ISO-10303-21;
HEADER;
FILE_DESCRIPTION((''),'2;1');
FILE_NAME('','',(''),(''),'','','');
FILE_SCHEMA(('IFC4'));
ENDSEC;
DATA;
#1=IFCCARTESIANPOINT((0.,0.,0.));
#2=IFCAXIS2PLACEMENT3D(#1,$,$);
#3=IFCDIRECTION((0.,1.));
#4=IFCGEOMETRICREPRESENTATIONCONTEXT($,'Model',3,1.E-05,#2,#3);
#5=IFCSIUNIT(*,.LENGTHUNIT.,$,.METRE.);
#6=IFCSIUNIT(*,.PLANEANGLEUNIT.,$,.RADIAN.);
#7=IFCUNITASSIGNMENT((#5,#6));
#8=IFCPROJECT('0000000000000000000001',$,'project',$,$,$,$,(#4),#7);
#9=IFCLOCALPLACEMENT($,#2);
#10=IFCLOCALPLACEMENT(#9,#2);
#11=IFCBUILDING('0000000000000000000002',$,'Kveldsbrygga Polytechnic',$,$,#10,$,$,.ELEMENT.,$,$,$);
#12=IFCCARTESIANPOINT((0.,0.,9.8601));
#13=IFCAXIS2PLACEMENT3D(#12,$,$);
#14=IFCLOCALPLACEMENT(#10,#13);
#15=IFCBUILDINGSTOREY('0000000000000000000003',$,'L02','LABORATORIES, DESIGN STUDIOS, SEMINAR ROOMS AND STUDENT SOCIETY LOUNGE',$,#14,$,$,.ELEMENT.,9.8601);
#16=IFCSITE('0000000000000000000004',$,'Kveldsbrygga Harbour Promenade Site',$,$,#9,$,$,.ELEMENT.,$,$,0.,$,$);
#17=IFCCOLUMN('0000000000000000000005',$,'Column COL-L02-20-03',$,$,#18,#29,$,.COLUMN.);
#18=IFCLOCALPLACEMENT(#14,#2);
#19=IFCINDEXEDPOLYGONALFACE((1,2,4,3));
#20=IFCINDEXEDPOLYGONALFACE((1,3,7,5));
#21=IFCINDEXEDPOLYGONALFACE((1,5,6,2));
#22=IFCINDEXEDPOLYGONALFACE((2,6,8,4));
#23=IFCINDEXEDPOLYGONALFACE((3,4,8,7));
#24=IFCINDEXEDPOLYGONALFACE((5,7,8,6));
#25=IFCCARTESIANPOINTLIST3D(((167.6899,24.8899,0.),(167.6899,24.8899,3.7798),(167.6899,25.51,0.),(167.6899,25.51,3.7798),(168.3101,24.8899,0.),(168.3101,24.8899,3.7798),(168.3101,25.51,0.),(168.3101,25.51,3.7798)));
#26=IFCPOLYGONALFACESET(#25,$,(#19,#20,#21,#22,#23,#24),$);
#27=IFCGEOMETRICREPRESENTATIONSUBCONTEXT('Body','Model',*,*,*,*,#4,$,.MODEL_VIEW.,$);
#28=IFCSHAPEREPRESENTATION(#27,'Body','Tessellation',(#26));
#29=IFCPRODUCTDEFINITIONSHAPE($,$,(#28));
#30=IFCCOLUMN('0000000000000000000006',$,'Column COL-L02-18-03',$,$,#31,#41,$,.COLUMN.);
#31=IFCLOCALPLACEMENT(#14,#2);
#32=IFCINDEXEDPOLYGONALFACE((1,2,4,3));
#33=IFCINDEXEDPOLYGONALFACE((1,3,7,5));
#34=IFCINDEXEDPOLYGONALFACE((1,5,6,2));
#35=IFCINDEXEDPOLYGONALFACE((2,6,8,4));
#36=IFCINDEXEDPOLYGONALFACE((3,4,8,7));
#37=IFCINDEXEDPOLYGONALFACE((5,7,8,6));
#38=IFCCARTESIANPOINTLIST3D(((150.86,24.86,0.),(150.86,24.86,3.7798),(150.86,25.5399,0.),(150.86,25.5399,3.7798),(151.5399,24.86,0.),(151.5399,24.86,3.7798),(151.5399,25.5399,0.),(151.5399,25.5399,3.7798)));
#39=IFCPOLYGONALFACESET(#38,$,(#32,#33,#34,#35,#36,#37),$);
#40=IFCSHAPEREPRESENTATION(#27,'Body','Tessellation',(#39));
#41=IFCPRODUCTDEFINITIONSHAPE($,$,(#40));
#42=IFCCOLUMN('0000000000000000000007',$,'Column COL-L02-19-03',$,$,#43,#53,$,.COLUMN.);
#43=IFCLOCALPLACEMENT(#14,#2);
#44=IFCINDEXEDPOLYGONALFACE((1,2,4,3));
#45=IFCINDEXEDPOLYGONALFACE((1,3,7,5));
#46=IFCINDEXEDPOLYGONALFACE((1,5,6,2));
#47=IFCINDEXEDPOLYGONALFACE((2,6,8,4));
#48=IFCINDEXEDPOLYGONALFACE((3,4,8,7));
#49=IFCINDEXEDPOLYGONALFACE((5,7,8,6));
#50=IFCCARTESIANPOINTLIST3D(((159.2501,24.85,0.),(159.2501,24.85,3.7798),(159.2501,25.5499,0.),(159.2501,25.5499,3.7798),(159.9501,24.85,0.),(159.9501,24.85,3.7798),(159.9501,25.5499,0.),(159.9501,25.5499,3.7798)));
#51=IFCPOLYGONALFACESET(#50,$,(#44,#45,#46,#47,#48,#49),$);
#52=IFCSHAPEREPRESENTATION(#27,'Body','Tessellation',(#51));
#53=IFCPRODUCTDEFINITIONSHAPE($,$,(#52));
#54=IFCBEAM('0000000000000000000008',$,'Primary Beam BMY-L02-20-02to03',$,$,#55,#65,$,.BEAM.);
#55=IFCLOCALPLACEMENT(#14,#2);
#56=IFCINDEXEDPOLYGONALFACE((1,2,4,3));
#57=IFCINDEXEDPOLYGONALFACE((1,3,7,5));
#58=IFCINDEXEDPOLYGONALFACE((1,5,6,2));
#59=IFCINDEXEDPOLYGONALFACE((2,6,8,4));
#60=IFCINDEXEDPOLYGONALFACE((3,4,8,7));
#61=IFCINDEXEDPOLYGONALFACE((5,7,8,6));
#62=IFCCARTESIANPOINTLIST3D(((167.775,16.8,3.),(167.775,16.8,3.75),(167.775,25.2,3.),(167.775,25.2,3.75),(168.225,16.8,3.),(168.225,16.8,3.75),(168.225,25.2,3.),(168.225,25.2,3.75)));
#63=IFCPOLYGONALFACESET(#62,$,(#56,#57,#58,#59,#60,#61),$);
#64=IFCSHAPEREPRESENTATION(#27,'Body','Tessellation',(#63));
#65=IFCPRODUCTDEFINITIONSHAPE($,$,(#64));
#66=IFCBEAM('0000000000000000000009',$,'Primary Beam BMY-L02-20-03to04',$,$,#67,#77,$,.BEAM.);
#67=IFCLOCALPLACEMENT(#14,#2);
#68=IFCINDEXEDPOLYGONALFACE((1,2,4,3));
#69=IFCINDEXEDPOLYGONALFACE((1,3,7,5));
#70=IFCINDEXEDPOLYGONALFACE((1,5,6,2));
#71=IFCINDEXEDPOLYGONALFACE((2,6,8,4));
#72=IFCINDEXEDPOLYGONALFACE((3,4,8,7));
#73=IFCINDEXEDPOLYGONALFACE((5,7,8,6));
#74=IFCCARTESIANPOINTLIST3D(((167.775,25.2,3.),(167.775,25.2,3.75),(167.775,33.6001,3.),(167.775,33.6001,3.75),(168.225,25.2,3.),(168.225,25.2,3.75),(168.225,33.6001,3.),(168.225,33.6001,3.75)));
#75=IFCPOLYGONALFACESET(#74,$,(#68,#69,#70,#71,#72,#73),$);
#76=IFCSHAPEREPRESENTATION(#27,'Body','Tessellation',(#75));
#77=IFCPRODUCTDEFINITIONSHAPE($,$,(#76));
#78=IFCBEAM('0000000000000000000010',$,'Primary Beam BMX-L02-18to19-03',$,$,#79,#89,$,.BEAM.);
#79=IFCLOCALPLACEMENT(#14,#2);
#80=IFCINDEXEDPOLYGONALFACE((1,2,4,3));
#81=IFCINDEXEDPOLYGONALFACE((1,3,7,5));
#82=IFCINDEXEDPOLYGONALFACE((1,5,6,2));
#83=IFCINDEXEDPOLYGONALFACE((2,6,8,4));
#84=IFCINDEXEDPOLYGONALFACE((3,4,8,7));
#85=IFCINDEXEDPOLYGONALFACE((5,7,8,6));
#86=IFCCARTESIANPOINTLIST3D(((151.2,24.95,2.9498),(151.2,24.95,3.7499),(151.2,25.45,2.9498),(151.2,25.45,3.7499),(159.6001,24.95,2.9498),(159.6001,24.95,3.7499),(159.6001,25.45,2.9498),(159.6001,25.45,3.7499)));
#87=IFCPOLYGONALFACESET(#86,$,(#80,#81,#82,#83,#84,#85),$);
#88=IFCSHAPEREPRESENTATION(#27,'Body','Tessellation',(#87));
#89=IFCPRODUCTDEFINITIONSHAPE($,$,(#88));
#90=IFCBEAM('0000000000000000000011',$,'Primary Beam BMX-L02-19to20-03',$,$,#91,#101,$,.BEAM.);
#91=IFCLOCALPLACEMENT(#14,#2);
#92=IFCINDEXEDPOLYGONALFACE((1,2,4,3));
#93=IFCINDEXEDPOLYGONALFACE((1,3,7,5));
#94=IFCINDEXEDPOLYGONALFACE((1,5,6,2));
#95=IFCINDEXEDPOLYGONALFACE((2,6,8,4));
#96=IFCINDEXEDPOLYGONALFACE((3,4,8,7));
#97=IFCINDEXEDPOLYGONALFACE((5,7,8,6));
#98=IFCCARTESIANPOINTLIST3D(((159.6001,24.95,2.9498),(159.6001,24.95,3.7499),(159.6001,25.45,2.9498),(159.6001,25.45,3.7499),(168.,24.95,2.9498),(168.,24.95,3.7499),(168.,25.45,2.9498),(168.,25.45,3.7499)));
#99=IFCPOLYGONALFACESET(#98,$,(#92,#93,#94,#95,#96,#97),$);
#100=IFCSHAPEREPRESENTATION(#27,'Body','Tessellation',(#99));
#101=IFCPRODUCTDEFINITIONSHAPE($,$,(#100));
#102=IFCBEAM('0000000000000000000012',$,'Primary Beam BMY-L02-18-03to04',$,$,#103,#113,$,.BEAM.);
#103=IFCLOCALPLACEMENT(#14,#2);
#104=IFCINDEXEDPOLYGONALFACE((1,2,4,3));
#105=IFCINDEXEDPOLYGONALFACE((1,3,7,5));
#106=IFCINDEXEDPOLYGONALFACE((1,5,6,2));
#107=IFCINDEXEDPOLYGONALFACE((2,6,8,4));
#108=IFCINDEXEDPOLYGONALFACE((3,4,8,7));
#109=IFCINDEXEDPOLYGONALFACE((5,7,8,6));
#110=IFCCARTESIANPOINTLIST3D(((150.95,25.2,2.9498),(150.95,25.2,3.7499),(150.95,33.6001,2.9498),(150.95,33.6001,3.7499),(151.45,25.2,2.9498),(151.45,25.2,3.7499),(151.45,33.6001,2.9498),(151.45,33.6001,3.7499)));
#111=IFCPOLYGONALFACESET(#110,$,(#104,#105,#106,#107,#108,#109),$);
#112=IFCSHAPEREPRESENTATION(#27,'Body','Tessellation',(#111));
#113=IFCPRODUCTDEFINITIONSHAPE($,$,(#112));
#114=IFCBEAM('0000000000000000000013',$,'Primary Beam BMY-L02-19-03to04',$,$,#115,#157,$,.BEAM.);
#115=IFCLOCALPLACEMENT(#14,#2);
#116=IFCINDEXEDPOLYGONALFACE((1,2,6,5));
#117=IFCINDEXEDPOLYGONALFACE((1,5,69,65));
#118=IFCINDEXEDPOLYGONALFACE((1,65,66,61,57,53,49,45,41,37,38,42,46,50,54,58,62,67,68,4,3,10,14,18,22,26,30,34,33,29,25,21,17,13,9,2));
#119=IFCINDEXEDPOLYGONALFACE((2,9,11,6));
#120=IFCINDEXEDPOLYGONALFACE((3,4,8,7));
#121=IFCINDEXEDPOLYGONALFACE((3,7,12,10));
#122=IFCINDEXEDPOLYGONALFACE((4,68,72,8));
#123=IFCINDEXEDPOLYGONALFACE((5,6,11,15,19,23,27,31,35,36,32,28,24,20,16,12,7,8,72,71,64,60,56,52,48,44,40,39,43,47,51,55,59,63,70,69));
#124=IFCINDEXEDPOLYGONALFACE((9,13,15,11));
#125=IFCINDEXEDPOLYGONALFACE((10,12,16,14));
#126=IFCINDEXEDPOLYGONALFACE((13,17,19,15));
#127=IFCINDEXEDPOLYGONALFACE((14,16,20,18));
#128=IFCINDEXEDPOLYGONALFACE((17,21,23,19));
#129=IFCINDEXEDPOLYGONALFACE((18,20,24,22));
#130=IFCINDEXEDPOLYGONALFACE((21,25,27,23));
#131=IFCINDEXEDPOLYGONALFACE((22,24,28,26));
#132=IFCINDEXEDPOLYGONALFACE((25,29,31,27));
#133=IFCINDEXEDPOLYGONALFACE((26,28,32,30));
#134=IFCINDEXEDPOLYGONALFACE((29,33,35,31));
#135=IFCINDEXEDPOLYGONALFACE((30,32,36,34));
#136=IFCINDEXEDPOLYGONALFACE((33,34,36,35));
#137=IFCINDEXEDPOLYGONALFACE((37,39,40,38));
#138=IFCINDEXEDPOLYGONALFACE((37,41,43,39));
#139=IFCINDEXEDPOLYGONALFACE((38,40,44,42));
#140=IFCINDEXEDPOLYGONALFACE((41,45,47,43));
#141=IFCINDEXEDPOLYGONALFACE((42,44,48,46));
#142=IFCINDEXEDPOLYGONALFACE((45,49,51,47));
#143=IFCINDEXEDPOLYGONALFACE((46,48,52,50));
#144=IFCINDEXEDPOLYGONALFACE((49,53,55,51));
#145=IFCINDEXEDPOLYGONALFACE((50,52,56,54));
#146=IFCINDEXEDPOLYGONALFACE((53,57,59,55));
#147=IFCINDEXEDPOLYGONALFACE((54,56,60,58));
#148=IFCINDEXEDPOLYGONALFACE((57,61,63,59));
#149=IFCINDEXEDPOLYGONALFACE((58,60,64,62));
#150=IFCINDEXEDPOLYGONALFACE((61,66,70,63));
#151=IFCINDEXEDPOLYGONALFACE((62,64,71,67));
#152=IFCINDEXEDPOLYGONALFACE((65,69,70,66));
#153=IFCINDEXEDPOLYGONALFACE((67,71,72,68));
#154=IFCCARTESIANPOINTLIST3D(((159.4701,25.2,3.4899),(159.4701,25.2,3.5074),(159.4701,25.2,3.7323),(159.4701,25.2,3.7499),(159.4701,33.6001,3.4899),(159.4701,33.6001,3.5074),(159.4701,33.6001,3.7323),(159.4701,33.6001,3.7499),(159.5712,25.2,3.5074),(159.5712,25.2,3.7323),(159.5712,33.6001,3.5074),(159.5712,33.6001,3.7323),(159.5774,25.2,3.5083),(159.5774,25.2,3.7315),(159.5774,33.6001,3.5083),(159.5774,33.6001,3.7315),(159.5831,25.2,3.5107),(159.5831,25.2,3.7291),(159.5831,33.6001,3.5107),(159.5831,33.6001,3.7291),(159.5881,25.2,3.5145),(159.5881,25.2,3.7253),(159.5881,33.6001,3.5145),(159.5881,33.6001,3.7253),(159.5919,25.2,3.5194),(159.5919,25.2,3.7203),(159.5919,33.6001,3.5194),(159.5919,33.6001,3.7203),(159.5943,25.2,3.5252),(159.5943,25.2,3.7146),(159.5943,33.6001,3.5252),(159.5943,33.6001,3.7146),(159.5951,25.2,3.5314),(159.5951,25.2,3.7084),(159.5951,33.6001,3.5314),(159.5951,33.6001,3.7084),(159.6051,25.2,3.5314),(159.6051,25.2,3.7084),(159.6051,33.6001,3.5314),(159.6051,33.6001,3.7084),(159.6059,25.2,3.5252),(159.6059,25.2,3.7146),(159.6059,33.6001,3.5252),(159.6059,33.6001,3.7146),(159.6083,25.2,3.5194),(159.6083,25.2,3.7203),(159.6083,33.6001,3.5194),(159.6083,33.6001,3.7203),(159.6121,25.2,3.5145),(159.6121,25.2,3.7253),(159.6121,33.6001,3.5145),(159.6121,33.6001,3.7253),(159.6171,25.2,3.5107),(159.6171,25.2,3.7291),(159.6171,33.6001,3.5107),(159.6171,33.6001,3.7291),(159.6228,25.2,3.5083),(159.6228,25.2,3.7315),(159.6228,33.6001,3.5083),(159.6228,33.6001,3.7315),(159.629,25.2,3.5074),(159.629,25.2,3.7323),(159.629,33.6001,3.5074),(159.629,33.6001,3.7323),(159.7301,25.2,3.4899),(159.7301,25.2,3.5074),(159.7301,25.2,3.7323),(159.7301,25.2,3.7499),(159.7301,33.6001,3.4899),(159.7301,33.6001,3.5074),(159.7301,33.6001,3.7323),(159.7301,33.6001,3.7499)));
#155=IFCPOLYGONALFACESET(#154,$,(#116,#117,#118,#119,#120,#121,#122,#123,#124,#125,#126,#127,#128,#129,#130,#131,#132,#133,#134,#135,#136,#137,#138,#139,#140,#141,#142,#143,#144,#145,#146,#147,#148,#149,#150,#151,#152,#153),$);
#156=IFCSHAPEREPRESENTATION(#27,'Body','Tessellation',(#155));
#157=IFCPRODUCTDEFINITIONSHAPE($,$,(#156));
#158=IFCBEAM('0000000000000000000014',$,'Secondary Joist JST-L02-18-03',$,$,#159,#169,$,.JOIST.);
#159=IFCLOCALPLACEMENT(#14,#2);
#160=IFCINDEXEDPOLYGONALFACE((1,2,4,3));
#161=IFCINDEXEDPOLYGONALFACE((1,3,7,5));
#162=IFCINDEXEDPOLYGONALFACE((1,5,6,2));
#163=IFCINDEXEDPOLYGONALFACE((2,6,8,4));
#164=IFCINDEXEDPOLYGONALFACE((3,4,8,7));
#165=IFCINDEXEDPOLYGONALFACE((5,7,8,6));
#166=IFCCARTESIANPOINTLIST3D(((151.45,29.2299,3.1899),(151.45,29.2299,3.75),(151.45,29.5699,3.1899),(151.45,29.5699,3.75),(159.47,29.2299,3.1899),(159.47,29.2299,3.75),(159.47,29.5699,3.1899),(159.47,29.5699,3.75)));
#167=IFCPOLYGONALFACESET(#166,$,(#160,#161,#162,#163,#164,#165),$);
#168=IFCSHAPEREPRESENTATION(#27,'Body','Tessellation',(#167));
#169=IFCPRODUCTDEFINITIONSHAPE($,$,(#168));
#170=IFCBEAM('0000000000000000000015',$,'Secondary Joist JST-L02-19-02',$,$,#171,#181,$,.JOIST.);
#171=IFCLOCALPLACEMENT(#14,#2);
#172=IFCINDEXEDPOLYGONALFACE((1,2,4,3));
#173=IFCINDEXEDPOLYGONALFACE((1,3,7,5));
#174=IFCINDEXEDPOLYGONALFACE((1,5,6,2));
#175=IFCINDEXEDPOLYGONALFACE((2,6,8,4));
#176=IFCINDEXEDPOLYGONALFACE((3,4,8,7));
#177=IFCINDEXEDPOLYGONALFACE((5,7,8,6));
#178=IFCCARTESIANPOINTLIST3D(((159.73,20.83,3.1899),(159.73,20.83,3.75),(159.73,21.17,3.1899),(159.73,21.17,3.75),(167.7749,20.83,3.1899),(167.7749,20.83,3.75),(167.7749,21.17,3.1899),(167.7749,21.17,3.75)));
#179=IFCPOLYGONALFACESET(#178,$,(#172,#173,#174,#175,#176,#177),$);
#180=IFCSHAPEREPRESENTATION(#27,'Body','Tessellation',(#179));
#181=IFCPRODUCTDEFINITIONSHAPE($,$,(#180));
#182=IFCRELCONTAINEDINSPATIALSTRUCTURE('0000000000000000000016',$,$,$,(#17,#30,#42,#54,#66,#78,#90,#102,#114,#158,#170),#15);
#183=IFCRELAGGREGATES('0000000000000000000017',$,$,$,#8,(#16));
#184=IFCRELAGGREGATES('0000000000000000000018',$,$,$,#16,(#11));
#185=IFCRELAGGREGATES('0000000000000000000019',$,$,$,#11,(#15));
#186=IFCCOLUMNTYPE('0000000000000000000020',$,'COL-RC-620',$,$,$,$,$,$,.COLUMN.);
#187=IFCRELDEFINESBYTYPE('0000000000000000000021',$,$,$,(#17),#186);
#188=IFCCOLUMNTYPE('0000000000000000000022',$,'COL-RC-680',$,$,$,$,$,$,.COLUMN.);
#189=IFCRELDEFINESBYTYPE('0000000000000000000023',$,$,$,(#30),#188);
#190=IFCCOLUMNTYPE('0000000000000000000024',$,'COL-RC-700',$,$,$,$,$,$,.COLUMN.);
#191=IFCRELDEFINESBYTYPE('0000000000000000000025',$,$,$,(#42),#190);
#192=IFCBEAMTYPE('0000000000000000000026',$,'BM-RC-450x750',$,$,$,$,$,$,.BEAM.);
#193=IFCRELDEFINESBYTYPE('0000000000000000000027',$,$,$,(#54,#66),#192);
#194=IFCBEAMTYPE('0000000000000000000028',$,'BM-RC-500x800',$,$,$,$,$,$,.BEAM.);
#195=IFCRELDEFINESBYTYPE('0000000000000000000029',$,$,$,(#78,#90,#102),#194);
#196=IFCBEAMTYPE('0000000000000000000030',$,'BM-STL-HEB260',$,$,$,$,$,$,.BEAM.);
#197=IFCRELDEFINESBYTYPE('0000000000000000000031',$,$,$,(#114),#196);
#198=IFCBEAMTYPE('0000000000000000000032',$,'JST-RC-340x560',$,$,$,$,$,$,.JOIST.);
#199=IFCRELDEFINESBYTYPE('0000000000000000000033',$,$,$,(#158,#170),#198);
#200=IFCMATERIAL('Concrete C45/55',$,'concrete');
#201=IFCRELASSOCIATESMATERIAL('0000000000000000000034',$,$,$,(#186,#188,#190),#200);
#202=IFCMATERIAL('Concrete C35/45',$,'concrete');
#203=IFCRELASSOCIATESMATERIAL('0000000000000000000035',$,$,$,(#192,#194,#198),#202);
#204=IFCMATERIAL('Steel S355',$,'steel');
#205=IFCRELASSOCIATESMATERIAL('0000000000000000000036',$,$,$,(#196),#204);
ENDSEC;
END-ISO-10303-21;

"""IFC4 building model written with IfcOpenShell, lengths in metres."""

from ifc_helpers import new_model, si_unit, direction, frame, origin, origin_2d, place, context, subcontext, project, spatial, rectangle, i_section, extrude, material, material_profile, profile_set, type_object, element, save


model = new_model("IFC4")

# Units and contexts
model_context = context("Model", 3, precision=1e-05, world=origin(), true_north=direction((0.0, 1.0)))
body_context = subcontext(model_context, "Body", "Model", "MODEL_VIEW")
ifc_project = project(units=[si_unit("LENGTHUNIT", "METRE"), si_unit("PLANEANGLEUNIT", "RADIAN")], contexts=[model_context])

# Site, building, storey
site_placement = place(None, origin())
site = spatial("IfcSite", under=ifc_project, at=site_placement, Name="Kveldsbrygga Harbour Promenade Site", CompositionType="ELEMENT", RefElevation=0.0)
building_placement = place(site_placement, origin())
building = spatial("IfcBuilding", under=site, at=building_placement, Name="Kveldsbrygga Polytechnic", CompositionType="ELEMENT")
storey_placement = place(building_placement, frame((0.0, 0.0, 9.8601)))
storey = spatial("IfcBuildingStorey", under=building, at=storey_placement, Name="L02", Description="LABORATORIES, DESIGN STUDIOS, SEMINAR ROOMS AND STUDENT SOCIETY LOUNGE", CompositionType="ELEMENT", Elevation=9.8601)

# Columns
ifc_material_1 = material(Name="Concrete C45/55", Category="concrete")
ifc_material_profile_1 = material_profile(ifc_material_1, rectangle(XDim=0.6201, YDim=0.6201, at=origin_2d()), Name="RC 620x620")
ifc_profile_set_1 = profile_set([ifc_material_profile_1], Name="Concrete C45/55")
column_type_1 = type_object("IfcColumnType", Name="COL-RC-620", PredefinedType="COLUMN", material=ifc_profile_set_1)
column_1_placement = place(storey_placement, frame((168.0, 25.2, 0.0), z_axis=(0.0, 0.0, 1.0), x_axis=(1.0, 0.0, 0.0)))
element("IfcColumn", 1, at=column_1_placement, inside=storey, type_object=column_type_1, Name="Column COL-L02-20-03", PredefinedType="COLUMN", context=body_context, shape_type="SweptSolid", body=[
    extrude(rectangle(XDim=0.6201, YDim=0.6201, at=origin_2d()), origin(), (0.0, 0.0, 1.0), 3.7798),
])
ifc_material_profile_2 = material_profile(ifc_material_1, rectangle(XDim=0.6799, YDim=0.6799, at=origin_2d()), Name="RC 680x680")
ifc_profile_set_2 = profile_set([ifc_material_profile_2], Name="Concrete C45/55")
column_type_2 = type_object("IfcColumnType", Name="COL-RC-680", PredefinedType="COLUMN", material=ifc_profile_set_2)
column_2_placement = place(storey_placement, frame((151.2, 25.2, 0.0), z_axis=(0.0, 0.0, 1.0), x_axis=(1.0, 0.0, 0.0)))
element("IfcColumn", 2, at=column_2_placement, inside=storey, type_object=column_type_2, Name="Column COL-L02-18-03", PredefinedType="COLUMN", context=body_context, shape_type="SweptSolid", body=[
    extrude(rectangle(XDim=0.6799, YDim=0.6799, at=origin_2d()), origin(), (0.0, 0.0, 1.0), 3.7798),
])
ifc_material_profile_3 = material_profile(ifc_material_1, rectangle(XDim=0.7, YDim=0.7, at=origin_2d()), Name="RC 700x700")
ifc_profile_set_3 = profile_set([ifc_material_profile_3], Name="Concrete C45/55")
column_type_3 = type_object("IfcColumnType", Name="COL-RC-700", PredefinedType="COLUMN", material=ifc_profile_set_3)
column_3_placement = place(storey_placement, frame((159.6001, 25.2, 0.0), z_axis=(0.0, 0.0, 1.0), x_axis=(1.0, 0.0, 0.0)))
element("IfcColumn", 3, at=column_3_placement, inside=storey, type_object=column_type_3, Name="Column COL-L02-19-03", PredefinedType="COLUMN", context=body_context, shape_type="SweptSolid", body=[
    extrude(rectangle(XDim=0.7, YDim=0.7, at=origin_2d()), origin(), (0.0, 0.0, 1.0), 3.7798),
])

# Beams
ifc_material_2 = material(Name="Concrete C35/45", Category="concrete")
ifc_material_profile_4 = material_profile(ifc_material_2, rectangle(XDim=0.45, YDim=0.75, at=origin_2d()), Name="RC 450x750")
ifc_profile_set_4 = profile_set([ifc_material_profile_4], Name="Concrete C35/45")
beam_type_1 = type_object("IfcBeamType", Name="BM-RC-450x750", PredefinedType="BEAM", material=ifc_profile_set_4)
beam_1_placement = place(storey_placement, frame((168.0, 16.8, 3.375), z_axis=(0.0, 1.0, 0.0), x_axis=(-1.0, 0.0, 0.0)))
element("IfcBeam", 4, at=beam_1_placement, inside=storey, type_object=beam_type_1, Name="Primary Beam BMY-L02-20-02to03", PredefinedType="BEAM", context=body_context, shape_type="SweptSolid", body=[
    extrude(rectangle(XDim=0.45, YDim=0.75, at=origin_2d()), origin(), (0.0, 0.0, 1.0), 8.3999),
])
beam_2_placement = place(storey_placement, frame((168.0, 25.2, 3.375), z_axis=(0.0, 1.0, 0.0), x_axis=(-1.0, 0.0, 0.0)))
element("IfcBeam", 5, at=beam_2_placement, inside=storey, type_object=beam_type_1, Name="Primary Beam BMY-L02-20-03to04", PredefinedType="BEAM", context=body_context, shape_type="SweptSolid", body=[
    extrude(rectangle(XDim=0.45, YDim=0.75, at=origin_2d()), origin(), (0.0, 0.0, 1.0), 8.4001),
])
ifc_material_profile_5 = material_profile(ifc_material_2, rectangle(XDim=0.5, YDim=0.8, at=origin_2d()), Name="RC 500x800")
ifc_profile_set_5 = profile_set([ifc_material_profile_5], Name="Concrete C35/45")
beam_type_2 = type_object("IfcBeamType", Name="BM-RC-500x800", PredefinedType="BEAM", material=ifc_profile_set_5)
beam_3_placement = place(storey_placement, frame((151.2, 25.2, 3.3499), z_axis=(1.0, 0.0, 0.0), x_axis=(0.0, 1.0, 0.0)))
element("IfcBeam", 6, at=beam_3_placement, inside=storey, type_object=beam_type_2, Name="Primary Beam BMX-L02-18to19-03", PredefinedType="BEAM", context=body_context, shape_type="SweptSolid", body=[
    extrude(rectangle(XDim=0.5, YDim=0.8, at=origin_2d()), origin(), (0.0, 0.0, 1.0), 8.4001),
])
beam_4_placement = place(storey_placement, frame((159.6001, 25.2, 3.3499), z_axis=(1.0, 0.0, 0.0), x_axis=(0.0, 1.0, 0.0)))
element("IfcBeam", 7, at=beam_4_placement, inside=storey, type_object=beam_type_2, Name="Primary Beam BMX-L02-19to20-03", PredefinedType="BEAM", context=body_context, shape_type="SweptSolid", body=[
    extrude(rectangle(XDim=0.5, YDim=0.8, at=origin_2d()), origin(), (0.0, 0.0, 1.0), 8.3999),
])
beam_5_placement = place(storey_placement, frame((151.2, 25.2, 3.3499), z_axis=(0.0, 1.0, 0.0), x_axis=(-1.0, 0.0, 0.0)))
element("IfcBeam", 8, at=beam_5_placement, inside=storey, type_object=beam_type_2, Name="Primary Beam BMY-L02-18-03to04", PredefinedType="BEAM", context=body_context, shape_type="SweptSolid", body=[
    extrude(rectangle(XDim=0.5, YDim=0.8, at=origin_2d()), origin(), (0.0, 0.0, 1.0), 8.4001),
])
ifc_material_3 = material(Name="Steel S355", Category="steel")
ifc_material_profile_6 = material_profile(ifc_material_3, i_section(OverallWidth=0.26, OverallDepth=0.26, WebThickness=0.01, FlangeThickness=0.0176, FilletRadius=0.0239, at=origin_2d()), Name="HEB 260")
ifc_profile_set_6 = profile_set([ifc_material_profile_6], Name="Steel S355")
beam_type_3 = type_object("IfcBeamType", Name="BM-STL-HEB260", PredefinedType="BEAM", material=ifc_profile_set_6)
beam_6_placement = place(storey_placement, frame((159.6001, 25.2, 3.6199), z_axis=(0.0, 1.0, 0.0), x_axis=(-1.0, 0.0, 0.0)))
element("IfcBeam", 9, at=beam_6_placement, inside=storey, type_object=beam_type_3, Name="Primary Beam BMY-L02-19-03to04", PredefinedType="BEAM", context=body_context, shape_type="SweptSolid", body=[
    extrude(i_section(OverallWidth=0.26, OverallDepth=0.26, WebThickness=0.01, FlangeThickness=0.0176, FilletRadius=0.0239, at=origin_2d()), origin(), (0.0, 0.0, 1.0), 8.4001),
])
ifc_material_profile_7 = material_profile(ifc_material_2, rectangle(XDim=0.3401, YDim=0.5601, at=origin_2d()), Name="RC 340x560")
ifc_profile_set_7 = profile_set([ifc_material_profile_7], Name="Concrete C35/45")
beam_type_4 = type_object("IfcBeamType", Name="JST-RC-340x560", PredefinedType="JOIST", material=ifc_profile_set_7)
beam_7_placement = place(storey_placement, frame((151.45, 29.3999, 3.47), z_axis=(1.0, 0.0, 0.0), x_axis=(0.0, 1.0, 0.0)))
element("IfcBeam", 10, at=beam_7_placement, inside=storey, type_object=beam_type_4, Name="Secondary Joist JST-L02-18-03", PredefinedType="JOIST", context=body_context, shape_type="SweptSolid", body=[
    extrude(rectangle(XDim=0.3401, YDim=0.5601, at=origin_2d()), origin(), (0.0, 0.0, 1.0), 8.02),
])
beam_8_placement = place(storey_placement, frame((159.73, 21.0, 3.47), z_axis=(1.0, 0.0, 0.0), x_axis=(0.0, 1.0, 0.0)))
element("IfcBeam", 11, at=beam_8_placement, inside=storey, type_object=beam_type_4, Name="Secondary Joist JST-L02-19-02", PredefinedType="JOIST", context=body_context, shape_type="SweptSolid", body=[
    extrude(rectangle(XDim=0.3401, YDim=0.5601, at=origin_2d()), origin(), (0.0, 0.0, 1.0), 8.0449),
])

save(model, "model.ifc")
